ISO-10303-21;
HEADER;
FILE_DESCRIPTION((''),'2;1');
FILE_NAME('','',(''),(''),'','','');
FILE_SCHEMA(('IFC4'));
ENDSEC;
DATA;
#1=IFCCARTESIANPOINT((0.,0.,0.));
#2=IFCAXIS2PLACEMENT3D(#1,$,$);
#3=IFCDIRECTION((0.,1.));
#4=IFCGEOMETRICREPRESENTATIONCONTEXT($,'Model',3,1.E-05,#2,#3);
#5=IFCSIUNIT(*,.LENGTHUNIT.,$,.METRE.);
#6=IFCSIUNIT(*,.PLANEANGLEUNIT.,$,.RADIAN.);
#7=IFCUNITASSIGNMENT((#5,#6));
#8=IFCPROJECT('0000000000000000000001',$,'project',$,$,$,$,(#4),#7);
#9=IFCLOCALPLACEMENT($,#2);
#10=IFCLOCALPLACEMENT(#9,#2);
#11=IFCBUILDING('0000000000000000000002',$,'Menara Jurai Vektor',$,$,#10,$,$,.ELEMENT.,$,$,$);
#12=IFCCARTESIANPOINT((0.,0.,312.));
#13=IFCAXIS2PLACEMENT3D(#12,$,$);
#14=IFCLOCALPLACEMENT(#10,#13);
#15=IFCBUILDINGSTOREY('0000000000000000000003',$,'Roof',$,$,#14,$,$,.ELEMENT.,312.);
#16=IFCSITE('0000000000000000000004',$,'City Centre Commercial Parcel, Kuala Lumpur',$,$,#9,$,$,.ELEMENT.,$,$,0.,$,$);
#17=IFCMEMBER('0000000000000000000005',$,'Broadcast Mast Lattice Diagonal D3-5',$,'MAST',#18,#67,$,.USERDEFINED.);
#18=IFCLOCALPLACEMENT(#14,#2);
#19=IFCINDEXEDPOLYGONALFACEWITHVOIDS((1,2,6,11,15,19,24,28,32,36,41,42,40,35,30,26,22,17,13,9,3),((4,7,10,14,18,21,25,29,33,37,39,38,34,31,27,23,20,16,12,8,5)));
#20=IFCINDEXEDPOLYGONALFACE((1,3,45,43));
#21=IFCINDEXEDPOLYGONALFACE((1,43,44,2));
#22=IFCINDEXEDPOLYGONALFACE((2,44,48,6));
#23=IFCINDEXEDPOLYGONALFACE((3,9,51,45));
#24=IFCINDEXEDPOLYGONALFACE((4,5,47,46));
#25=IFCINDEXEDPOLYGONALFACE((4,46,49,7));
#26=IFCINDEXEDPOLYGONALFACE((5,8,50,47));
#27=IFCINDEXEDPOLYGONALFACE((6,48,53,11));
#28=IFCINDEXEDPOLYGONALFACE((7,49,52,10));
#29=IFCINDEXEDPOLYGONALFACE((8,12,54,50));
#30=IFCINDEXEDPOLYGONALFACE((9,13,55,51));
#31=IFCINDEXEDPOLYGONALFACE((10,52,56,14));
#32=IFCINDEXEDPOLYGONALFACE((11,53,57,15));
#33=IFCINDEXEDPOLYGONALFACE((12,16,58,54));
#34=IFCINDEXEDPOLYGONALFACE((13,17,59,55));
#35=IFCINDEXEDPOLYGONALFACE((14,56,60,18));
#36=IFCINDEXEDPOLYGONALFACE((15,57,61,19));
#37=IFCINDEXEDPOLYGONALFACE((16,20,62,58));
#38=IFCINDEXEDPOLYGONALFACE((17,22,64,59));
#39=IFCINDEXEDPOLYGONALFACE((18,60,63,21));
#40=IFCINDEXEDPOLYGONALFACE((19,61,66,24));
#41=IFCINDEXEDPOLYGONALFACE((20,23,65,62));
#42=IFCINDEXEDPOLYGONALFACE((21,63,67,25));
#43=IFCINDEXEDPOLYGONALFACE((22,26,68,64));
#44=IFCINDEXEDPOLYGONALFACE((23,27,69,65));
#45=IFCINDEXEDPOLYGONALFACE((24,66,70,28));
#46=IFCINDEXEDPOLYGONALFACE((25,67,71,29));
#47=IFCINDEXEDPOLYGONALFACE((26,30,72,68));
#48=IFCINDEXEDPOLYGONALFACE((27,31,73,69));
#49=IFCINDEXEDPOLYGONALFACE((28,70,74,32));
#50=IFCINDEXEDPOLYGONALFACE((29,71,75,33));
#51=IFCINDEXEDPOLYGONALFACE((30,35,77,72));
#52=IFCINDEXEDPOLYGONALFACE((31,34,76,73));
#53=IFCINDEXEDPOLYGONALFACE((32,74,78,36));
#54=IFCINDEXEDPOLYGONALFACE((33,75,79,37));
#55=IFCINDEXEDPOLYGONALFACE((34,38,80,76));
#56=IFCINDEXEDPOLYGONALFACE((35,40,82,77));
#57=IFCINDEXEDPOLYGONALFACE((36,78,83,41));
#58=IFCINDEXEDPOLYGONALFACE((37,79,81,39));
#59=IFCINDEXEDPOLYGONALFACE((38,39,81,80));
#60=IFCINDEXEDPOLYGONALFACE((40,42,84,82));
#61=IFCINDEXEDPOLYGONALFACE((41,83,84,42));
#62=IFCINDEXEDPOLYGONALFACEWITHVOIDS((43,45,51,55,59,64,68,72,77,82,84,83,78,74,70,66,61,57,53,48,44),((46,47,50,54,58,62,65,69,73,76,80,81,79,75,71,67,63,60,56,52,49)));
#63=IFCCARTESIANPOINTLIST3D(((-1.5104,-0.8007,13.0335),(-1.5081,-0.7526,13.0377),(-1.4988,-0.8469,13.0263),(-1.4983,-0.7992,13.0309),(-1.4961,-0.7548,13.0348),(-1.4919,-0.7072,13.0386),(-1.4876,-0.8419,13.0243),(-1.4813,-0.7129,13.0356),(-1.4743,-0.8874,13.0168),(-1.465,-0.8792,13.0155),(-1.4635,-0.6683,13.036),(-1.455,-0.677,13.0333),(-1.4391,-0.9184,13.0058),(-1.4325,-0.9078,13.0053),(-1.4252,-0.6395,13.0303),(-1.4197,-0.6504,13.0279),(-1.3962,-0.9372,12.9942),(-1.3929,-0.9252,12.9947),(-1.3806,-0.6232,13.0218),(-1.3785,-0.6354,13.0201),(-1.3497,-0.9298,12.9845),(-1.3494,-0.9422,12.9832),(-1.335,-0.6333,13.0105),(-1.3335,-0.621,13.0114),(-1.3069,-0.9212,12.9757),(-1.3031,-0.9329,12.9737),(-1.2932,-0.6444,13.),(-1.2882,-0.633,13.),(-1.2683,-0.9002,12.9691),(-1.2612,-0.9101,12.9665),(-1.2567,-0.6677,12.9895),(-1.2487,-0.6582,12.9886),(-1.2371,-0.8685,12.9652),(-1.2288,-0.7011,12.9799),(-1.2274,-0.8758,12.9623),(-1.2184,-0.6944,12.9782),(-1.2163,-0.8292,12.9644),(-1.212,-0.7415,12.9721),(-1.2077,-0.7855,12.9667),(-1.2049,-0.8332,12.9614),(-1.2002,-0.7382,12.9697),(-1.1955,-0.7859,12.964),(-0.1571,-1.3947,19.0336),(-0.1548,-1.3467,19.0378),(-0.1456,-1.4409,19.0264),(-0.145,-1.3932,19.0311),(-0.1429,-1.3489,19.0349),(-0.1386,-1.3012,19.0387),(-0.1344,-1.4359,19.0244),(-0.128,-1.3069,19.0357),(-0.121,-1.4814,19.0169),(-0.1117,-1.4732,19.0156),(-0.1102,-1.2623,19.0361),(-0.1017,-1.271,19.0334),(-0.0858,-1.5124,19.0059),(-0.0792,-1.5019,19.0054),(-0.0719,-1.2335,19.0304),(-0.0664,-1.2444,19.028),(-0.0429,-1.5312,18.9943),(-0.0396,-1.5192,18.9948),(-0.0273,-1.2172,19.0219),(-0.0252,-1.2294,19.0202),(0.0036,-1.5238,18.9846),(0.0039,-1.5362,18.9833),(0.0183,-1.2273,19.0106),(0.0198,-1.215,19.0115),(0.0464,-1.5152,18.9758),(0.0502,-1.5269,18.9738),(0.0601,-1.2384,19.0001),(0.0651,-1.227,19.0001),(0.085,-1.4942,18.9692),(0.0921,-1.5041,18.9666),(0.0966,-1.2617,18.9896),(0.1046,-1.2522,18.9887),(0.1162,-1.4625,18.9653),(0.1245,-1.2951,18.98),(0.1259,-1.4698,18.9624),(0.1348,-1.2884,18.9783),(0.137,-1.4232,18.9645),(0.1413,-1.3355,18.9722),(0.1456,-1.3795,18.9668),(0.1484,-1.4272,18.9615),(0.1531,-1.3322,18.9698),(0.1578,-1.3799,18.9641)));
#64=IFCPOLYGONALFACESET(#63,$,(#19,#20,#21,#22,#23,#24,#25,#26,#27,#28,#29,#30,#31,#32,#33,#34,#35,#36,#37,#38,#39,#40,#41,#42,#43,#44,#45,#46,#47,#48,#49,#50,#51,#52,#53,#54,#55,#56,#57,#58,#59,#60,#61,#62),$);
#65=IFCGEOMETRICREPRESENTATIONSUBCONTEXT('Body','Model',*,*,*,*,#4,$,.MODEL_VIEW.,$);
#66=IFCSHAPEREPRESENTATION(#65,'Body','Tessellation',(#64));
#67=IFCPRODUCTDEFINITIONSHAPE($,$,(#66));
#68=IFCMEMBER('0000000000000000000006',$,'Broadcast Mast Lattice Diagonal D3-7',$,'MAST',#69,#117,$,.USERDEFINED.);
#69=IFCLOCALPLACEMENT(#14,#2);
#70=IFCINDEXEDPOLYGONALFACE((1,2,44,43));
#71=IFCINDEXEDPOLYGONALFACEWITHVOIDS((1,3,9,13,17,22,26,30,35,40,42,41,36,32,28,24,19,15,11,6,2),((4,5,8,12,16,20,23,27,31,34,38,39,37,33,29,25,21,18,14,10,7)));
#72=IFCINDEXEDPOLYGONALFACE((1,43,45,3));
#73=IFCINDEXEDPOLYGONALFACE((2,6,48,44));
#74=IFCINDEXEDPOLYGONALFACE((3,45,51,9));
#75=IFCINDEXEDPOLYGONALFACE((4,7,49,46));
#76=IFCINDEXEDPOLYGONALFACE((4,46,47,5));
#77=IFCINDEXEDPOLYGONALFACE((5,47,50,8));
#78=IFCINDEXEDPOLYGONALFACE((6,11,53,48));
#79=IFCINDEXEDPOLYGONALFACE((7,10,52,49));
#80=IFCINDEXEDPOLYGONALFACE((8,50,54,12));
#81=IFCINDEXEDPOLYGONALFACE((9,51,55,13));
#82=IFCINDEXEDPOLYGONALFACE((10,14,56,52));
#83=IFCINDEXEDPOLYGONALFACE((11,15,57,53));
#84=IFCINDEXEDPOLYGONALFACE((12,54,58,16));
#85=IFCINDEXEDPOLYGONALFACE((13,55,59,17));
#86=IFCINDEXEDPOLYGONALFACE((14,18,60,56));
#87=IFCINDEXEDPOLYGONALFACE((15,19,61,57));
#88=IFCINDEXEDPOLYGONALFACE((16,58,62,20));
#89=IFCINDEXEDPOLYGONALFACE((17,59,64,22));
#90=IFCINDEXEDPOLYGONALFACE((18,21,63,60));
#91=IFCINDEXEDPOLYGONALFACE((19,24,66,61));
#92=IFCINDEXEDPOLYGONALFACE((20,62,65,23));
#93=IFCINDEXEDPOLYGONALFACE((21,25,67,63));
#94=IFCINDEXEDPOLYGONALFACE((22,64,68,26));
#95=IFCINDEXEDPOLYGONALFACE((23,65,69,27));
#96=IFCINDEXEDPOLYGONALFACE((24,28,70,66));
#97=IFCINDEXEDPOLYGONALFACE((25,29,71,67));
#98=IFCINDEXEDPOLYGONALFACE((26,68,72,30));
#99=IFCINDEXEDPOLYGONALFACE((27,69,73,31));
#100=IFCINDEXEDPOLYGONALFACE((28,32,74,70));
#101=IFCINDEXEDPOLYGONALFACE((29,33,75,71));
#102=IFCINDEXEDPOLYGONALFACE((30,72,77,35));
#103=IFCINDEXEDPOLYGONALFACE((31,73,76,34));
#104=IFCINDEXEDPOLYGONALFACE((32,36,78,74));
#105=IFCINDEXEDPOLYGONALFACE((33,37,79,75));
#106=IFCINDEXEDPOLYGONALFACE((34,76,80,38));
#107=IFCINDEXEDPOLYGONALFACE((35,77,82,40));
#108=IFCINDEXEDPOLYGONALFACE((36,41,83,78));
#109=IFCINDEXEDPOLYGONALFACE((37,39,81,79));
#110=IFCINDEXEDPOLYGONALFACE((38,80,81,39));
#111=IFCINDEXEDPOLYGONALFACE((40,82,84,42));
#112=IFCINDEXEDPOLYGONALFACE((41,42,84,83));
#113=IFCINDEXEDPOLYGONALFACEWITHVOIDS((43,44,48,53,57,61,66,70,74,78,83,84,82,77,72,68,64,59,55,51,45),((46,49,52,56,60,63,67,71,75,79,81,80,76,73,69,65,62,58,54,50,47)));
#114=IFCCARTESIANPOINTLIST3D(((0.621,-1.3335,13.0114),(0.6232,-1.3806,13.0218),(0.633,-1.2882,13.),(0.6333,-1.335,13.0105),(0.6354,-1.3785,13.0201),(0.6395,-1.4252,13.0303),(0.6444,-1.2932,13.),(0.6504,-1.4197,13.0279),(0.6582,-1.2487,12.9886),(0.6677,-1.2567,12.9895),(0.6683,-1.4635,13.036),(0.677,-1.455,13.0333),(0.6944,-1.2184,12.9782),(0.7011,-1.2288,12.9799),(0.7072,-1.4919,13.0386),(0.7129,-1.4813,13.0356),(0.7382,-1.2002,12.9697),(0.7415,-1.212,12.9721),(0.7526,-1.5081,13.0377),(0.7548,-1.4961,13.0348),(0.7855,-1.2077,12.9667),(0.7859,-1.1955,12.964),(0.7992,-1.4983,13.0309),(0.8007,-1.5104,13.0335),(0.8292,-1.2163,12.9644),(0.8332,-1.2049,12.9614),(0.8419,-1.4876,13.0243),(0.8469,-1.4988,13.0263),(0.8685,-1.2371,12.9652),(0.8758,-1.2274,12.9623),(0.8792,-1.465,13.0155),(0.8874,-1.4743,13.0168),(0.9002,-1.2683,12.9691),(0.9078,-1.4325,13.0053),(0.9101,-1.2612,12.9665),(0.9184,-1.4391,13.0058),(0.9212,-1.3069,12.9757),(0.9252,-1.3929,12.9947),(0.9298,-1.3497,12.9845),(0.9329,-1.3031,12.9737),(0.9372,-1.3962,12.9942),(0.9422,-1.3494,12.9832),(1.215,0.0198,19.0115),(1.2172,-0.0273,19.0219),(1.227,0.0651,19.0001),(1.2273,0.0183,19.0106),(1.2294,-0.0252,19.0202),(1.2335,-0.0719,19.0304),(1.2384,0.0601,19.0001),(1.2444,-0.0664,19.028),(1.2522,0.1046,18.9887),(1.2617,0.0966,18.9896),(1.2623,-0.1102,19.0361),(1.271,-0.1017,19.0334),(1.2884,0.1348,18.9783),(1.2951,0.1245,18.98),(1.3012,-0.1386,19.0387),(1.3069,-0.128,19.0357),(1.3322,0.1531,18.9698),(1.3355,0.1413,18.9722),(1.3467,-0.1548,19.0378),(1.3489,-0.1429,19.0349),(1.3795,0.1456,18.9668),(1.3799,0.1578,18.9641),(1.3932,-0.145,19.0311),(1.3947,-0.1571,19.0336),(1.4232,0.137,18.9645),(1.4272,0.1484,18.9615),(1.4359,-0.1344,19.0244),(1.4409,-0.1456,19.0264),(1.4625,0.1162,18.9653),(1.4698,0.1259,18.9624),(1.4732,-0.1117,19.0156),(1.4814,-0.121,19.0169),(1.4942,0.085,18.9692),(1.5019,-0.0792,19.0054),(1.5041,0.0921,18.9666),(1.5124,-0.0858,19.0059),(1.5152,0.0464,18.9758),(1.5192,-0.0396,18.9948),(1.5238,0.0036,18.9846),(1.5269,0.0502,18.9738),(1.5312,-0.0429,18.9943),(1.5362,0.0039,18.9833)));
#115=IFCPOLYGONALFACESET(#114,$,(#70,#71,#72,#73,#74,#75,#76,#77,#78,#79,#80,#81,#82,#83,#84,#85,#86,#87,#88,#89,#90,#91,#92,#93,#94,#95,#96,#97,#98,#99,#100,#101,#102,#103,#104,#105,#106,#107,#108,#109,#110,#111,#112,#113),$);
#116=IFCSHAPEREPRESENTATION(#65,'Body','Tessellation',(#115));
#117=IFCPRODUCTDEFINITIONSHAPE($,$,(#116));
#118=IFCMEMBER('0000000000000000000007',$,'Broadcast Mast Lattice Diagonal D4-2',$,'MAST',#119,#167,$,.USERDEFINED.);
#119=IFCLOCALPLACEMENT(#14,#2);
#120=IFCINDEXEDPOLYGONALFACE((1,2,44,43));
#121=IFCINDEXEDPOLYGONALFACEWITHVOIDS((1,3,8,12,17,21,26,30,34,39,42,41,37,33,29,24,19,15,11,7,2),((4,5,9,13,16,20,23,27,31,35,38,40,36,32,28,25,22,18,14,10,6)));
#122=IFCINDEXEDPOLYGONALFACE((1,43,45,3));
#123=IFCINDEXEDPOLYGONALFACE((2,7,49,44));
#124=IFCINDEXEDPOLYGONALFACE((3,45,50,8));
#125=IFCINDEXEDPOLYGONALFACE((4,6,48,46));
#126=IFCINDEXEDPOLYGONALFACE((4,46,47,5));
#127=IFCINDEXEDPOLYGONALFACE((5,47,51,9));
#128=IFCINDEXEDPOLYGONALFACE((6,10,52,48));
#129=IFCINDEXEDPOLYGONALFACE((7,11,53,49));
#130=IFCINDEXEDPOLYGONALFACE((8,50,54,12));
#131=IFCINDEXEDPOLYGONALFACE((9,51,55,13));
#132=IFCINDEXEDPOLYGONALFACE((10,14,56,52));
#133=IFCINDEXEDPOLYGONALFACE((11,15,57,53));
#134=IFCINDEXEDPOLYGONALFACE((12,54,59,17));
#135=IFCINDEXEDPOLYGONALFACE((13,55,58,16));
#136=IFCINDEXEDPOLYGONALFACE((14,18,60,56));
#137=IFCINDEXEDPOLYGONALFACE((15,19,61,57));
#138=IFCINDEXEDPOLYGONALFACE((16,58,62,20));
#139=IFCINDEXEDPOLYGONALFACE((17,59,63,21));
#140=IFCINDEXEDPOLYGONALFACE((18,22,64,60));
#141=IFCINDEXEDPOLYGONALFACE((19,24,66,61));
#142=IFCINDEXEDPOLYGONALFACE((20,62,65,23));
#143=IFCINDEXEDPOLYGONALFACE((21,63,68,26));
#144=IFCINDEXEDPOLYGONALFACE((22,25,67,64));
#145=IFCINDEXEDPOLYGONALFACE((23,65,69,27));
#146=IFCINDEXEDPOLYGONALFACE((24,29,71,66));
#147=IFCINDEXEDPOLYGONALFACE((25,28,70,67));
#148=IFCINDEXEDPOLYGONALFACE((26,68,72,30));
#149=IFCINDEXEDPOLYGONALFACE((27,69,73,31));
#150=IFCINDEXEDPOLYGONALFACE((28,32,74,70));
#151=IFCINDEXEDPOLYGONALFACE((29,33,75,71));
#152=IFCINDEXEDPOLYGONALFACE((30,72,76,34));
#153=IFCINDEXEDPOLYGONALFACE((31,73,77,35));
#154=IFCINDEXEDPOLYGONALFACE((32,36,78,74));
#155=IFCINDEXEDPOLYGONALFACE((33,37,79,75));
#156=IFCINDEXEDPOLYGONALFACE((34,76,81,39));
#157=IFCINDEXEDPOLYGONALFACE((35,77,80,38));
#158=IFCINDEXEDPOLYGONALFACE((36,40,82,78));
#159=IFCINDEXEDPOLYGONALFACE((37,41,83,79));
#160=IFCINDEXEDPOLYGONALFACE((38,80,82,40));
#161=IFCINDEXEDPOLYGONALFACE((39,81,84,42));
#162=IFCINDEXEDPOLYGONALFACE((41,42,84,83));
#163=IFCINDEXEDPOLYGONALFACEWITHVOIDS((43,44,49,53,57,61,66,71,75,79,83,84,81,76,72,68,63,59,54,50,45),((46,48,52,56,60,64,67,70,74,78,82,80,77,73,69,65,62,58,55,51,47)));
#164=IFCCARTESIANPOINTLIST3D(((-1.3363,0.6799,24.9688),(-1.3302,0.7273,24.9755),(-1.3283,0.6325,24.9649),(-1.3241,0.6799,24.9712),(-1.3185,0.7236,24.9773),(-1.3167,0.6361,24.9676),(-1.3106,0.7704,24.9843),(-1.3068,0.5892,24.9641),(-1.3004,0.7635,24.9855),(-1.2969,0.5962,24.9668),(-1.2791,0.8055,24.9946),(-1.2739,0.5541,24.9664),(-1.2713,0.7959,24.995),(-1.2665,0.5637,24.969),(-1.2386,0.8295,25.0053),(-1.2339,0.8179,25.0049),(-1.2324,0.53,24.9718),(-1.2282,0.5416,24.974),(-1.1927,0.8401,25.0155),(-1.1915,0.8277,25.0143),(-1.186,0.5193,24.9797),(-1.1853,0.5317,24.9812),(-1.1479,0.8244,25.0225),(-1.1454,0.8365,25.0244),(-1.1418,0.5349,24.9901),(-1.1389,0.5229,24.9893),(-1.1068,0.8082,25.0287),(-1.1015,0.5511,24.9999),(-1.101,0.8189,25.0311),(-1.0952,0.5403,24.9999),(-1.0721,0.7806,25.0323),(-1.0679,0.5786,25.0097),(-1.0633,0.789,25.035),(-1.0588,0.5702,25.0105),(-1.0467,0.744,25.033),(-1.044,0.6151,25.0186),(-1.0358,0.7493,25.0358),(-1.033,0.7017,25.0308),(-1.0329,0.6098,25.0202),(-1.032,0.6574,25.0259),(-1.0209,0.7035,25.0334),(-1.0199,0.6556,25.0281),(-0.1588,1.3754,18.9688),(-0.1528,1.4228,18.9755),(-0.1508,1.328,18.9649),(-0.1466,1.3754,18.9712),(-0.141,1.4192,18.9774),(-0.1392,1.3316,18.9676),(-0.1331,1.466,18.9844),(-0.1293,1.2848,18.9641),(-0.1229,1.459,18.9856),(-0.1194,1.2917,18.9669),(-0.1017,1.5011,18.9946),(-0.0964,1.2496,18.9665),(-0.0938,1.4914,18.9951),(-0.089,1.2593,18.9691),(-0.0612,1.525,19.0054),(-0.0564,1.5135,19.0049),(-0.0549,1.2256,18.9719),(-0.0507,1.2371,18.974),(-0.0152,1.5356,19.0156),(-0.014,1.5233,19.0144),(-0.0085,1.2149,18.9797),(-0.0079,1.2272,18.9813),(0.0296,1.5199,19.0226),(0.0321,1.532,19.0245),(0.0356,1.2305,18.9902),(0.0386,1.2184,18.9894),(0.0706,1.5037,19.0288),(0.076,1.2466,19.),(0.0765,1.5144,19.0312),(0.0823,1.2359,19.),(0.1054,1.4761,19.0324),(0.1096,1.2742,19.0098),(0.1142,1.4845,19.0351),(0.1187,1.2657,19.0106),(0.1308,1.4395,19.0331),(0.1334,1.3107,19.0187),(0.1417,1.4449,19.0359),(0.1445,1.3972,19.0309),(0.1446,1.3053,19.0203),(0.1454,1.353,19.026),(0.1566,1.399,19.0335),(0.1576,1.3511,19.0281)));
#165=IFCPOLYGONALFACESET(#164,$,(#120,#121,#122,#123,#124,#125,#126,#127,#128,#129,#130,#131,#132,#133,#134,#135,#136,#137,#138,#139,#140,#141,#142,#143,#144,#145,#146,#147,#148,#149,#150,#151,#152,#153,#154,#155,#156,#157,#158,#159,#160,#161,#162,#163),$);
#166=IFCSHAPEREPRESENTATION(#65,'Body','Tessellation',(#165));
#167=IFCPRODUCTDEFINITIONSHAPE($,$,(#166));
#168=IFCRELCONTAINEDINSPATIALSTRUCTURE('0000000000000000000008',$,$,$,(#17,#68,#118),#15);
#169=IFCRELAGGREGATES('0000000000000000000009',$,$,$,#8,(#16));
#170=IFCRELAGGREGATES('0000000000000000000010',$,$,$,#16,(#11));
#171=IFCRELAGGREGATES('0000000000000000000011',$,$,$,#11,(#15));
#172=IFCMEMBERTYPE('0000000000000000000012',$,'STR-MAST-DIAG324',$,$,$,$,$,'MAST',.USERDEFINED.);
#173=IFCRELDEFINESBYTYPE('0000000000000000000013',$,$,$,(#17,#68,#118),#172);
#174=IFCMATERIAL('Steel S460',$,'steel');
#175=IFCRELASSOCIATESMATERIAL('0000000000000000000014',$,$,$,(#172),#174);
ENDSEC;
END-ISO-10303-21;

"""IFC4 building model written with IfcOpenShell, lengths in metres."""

from ifc_helpers import new_model, si_unit, direction, frame, origin, origin_2d, place, context, subcontext, project, spatial, hollow_circle, extrude, material, material_profile, profile_set, type_object, element, save


model = new_model("IFC4")

# Units and contexts
model_context = context("Model", 3, precision=1e-05, world=origin(), true_north=direction((0.0, 1.0)))
body_context = subcontext(model_context, "Body", "Model", "MODEL_VIEW")
ifc_project = project(units=[si_unit("LENGTHUNIT", "METRE"), si_unit("PLANEANGLEUNIT", "RADIAN")], contexts=[model_context])

# Site, building, storey
site_placement = place(None, origin())
site = spatial("IfcSite", under=ifc_project, at=site_placement, Name="City Centre Commercial Parcel, Kuala Lumpur", CompositionType="ELEMENT", RefElevation=0.0)
building_placement = place(site_placement, origin())
building = spatial("IfcBuilding", under=site, at=building_placement, Name="Menara Jurai Vektor", CompositionType="ELEMENT")
storey_placement = place(building_placement, frame((0.0, 0.0, 312.0)))
storey = spatial("IfcBuildingStorey", under=building, at=storey_placement, Name="Roof", CompositionType="ELEMENT", Elevation=312.0)

# Members
ifc_material = material(Name="Steel S460", Category="steel")
ifc_material_profile_1 = material_profile(ifc_material, hollow_circle(Radius=0.1619, WallThickness=0.0125, at=origin_2d()), Name="CHS 323.9x12.5")
ifc_profile_set_1 = profile_set([ifc_material_profile_1], Name="Steel S460")
member_type_1 = type_object("IfcMemberType", Name="STR-MAST-DIAG324", ElementType="MAST", PredefinedType="USERDEFINED", material=ifc_profile_set_1)
for number, where, z_axis, x_axis, name in (
    (1, (-1.3533, -0.7812, 13.0), (0.219, -0.096126, 0.970978), (0.401919, 0.915675, 0.0), "Broadcast Mast Lattice Diagonal D3-5"),
    (2, (0.7812, -1.3533, 13.0), (0.096126, 0.219, 0.970978), (-0.915675, 0.401919, 0.0), "Broadcast Mast Lattice Diagonal D3-7"),
):
    element("IfcMember", number, at=place(storey_placement, frame(where, z_axis=z_axis, x_axis=x_axis)), inside=storey, type_object=member_type_1, Name=name, ObjectType="MAST", PredefinedType="USERDEFINED", context=body_context, shape_type="SweptSolid", body=[
        extrude(hollow_circle(Radius=0.1619, WallThickness=0.0125, at=origin_2d()), origin(), (0.0, 0.0, 1.0), 6.1794),
    ])
for number, where, z_axis, x_axis, name in (
    (3, (0.0, 1.3752, 19.0), (-0.191341, -0.113027, 0.974994), (0.508603, -0.861001, 0.0), "Broadcast Mast Lattice Diagonal D4-2"),
):
    element("IfcMember", number, at=place(storey_placement, frame(where, z_axis=z_axis, x_axis=x_axis)), inside=storey, type_object=member_type_1, Name=name, ObjectType="MAST", PredefinedType="USERDEFINED", context=body_context, shape_type="SweptSolid", body=[
        extrude(hollow_circle(Radius=0.1619, WallThickness=0.0125, at=origin_2d()), origin(), (0.0, 0.0, 1.0), 6.1538),
    ])

save(model, "model.ifc")
